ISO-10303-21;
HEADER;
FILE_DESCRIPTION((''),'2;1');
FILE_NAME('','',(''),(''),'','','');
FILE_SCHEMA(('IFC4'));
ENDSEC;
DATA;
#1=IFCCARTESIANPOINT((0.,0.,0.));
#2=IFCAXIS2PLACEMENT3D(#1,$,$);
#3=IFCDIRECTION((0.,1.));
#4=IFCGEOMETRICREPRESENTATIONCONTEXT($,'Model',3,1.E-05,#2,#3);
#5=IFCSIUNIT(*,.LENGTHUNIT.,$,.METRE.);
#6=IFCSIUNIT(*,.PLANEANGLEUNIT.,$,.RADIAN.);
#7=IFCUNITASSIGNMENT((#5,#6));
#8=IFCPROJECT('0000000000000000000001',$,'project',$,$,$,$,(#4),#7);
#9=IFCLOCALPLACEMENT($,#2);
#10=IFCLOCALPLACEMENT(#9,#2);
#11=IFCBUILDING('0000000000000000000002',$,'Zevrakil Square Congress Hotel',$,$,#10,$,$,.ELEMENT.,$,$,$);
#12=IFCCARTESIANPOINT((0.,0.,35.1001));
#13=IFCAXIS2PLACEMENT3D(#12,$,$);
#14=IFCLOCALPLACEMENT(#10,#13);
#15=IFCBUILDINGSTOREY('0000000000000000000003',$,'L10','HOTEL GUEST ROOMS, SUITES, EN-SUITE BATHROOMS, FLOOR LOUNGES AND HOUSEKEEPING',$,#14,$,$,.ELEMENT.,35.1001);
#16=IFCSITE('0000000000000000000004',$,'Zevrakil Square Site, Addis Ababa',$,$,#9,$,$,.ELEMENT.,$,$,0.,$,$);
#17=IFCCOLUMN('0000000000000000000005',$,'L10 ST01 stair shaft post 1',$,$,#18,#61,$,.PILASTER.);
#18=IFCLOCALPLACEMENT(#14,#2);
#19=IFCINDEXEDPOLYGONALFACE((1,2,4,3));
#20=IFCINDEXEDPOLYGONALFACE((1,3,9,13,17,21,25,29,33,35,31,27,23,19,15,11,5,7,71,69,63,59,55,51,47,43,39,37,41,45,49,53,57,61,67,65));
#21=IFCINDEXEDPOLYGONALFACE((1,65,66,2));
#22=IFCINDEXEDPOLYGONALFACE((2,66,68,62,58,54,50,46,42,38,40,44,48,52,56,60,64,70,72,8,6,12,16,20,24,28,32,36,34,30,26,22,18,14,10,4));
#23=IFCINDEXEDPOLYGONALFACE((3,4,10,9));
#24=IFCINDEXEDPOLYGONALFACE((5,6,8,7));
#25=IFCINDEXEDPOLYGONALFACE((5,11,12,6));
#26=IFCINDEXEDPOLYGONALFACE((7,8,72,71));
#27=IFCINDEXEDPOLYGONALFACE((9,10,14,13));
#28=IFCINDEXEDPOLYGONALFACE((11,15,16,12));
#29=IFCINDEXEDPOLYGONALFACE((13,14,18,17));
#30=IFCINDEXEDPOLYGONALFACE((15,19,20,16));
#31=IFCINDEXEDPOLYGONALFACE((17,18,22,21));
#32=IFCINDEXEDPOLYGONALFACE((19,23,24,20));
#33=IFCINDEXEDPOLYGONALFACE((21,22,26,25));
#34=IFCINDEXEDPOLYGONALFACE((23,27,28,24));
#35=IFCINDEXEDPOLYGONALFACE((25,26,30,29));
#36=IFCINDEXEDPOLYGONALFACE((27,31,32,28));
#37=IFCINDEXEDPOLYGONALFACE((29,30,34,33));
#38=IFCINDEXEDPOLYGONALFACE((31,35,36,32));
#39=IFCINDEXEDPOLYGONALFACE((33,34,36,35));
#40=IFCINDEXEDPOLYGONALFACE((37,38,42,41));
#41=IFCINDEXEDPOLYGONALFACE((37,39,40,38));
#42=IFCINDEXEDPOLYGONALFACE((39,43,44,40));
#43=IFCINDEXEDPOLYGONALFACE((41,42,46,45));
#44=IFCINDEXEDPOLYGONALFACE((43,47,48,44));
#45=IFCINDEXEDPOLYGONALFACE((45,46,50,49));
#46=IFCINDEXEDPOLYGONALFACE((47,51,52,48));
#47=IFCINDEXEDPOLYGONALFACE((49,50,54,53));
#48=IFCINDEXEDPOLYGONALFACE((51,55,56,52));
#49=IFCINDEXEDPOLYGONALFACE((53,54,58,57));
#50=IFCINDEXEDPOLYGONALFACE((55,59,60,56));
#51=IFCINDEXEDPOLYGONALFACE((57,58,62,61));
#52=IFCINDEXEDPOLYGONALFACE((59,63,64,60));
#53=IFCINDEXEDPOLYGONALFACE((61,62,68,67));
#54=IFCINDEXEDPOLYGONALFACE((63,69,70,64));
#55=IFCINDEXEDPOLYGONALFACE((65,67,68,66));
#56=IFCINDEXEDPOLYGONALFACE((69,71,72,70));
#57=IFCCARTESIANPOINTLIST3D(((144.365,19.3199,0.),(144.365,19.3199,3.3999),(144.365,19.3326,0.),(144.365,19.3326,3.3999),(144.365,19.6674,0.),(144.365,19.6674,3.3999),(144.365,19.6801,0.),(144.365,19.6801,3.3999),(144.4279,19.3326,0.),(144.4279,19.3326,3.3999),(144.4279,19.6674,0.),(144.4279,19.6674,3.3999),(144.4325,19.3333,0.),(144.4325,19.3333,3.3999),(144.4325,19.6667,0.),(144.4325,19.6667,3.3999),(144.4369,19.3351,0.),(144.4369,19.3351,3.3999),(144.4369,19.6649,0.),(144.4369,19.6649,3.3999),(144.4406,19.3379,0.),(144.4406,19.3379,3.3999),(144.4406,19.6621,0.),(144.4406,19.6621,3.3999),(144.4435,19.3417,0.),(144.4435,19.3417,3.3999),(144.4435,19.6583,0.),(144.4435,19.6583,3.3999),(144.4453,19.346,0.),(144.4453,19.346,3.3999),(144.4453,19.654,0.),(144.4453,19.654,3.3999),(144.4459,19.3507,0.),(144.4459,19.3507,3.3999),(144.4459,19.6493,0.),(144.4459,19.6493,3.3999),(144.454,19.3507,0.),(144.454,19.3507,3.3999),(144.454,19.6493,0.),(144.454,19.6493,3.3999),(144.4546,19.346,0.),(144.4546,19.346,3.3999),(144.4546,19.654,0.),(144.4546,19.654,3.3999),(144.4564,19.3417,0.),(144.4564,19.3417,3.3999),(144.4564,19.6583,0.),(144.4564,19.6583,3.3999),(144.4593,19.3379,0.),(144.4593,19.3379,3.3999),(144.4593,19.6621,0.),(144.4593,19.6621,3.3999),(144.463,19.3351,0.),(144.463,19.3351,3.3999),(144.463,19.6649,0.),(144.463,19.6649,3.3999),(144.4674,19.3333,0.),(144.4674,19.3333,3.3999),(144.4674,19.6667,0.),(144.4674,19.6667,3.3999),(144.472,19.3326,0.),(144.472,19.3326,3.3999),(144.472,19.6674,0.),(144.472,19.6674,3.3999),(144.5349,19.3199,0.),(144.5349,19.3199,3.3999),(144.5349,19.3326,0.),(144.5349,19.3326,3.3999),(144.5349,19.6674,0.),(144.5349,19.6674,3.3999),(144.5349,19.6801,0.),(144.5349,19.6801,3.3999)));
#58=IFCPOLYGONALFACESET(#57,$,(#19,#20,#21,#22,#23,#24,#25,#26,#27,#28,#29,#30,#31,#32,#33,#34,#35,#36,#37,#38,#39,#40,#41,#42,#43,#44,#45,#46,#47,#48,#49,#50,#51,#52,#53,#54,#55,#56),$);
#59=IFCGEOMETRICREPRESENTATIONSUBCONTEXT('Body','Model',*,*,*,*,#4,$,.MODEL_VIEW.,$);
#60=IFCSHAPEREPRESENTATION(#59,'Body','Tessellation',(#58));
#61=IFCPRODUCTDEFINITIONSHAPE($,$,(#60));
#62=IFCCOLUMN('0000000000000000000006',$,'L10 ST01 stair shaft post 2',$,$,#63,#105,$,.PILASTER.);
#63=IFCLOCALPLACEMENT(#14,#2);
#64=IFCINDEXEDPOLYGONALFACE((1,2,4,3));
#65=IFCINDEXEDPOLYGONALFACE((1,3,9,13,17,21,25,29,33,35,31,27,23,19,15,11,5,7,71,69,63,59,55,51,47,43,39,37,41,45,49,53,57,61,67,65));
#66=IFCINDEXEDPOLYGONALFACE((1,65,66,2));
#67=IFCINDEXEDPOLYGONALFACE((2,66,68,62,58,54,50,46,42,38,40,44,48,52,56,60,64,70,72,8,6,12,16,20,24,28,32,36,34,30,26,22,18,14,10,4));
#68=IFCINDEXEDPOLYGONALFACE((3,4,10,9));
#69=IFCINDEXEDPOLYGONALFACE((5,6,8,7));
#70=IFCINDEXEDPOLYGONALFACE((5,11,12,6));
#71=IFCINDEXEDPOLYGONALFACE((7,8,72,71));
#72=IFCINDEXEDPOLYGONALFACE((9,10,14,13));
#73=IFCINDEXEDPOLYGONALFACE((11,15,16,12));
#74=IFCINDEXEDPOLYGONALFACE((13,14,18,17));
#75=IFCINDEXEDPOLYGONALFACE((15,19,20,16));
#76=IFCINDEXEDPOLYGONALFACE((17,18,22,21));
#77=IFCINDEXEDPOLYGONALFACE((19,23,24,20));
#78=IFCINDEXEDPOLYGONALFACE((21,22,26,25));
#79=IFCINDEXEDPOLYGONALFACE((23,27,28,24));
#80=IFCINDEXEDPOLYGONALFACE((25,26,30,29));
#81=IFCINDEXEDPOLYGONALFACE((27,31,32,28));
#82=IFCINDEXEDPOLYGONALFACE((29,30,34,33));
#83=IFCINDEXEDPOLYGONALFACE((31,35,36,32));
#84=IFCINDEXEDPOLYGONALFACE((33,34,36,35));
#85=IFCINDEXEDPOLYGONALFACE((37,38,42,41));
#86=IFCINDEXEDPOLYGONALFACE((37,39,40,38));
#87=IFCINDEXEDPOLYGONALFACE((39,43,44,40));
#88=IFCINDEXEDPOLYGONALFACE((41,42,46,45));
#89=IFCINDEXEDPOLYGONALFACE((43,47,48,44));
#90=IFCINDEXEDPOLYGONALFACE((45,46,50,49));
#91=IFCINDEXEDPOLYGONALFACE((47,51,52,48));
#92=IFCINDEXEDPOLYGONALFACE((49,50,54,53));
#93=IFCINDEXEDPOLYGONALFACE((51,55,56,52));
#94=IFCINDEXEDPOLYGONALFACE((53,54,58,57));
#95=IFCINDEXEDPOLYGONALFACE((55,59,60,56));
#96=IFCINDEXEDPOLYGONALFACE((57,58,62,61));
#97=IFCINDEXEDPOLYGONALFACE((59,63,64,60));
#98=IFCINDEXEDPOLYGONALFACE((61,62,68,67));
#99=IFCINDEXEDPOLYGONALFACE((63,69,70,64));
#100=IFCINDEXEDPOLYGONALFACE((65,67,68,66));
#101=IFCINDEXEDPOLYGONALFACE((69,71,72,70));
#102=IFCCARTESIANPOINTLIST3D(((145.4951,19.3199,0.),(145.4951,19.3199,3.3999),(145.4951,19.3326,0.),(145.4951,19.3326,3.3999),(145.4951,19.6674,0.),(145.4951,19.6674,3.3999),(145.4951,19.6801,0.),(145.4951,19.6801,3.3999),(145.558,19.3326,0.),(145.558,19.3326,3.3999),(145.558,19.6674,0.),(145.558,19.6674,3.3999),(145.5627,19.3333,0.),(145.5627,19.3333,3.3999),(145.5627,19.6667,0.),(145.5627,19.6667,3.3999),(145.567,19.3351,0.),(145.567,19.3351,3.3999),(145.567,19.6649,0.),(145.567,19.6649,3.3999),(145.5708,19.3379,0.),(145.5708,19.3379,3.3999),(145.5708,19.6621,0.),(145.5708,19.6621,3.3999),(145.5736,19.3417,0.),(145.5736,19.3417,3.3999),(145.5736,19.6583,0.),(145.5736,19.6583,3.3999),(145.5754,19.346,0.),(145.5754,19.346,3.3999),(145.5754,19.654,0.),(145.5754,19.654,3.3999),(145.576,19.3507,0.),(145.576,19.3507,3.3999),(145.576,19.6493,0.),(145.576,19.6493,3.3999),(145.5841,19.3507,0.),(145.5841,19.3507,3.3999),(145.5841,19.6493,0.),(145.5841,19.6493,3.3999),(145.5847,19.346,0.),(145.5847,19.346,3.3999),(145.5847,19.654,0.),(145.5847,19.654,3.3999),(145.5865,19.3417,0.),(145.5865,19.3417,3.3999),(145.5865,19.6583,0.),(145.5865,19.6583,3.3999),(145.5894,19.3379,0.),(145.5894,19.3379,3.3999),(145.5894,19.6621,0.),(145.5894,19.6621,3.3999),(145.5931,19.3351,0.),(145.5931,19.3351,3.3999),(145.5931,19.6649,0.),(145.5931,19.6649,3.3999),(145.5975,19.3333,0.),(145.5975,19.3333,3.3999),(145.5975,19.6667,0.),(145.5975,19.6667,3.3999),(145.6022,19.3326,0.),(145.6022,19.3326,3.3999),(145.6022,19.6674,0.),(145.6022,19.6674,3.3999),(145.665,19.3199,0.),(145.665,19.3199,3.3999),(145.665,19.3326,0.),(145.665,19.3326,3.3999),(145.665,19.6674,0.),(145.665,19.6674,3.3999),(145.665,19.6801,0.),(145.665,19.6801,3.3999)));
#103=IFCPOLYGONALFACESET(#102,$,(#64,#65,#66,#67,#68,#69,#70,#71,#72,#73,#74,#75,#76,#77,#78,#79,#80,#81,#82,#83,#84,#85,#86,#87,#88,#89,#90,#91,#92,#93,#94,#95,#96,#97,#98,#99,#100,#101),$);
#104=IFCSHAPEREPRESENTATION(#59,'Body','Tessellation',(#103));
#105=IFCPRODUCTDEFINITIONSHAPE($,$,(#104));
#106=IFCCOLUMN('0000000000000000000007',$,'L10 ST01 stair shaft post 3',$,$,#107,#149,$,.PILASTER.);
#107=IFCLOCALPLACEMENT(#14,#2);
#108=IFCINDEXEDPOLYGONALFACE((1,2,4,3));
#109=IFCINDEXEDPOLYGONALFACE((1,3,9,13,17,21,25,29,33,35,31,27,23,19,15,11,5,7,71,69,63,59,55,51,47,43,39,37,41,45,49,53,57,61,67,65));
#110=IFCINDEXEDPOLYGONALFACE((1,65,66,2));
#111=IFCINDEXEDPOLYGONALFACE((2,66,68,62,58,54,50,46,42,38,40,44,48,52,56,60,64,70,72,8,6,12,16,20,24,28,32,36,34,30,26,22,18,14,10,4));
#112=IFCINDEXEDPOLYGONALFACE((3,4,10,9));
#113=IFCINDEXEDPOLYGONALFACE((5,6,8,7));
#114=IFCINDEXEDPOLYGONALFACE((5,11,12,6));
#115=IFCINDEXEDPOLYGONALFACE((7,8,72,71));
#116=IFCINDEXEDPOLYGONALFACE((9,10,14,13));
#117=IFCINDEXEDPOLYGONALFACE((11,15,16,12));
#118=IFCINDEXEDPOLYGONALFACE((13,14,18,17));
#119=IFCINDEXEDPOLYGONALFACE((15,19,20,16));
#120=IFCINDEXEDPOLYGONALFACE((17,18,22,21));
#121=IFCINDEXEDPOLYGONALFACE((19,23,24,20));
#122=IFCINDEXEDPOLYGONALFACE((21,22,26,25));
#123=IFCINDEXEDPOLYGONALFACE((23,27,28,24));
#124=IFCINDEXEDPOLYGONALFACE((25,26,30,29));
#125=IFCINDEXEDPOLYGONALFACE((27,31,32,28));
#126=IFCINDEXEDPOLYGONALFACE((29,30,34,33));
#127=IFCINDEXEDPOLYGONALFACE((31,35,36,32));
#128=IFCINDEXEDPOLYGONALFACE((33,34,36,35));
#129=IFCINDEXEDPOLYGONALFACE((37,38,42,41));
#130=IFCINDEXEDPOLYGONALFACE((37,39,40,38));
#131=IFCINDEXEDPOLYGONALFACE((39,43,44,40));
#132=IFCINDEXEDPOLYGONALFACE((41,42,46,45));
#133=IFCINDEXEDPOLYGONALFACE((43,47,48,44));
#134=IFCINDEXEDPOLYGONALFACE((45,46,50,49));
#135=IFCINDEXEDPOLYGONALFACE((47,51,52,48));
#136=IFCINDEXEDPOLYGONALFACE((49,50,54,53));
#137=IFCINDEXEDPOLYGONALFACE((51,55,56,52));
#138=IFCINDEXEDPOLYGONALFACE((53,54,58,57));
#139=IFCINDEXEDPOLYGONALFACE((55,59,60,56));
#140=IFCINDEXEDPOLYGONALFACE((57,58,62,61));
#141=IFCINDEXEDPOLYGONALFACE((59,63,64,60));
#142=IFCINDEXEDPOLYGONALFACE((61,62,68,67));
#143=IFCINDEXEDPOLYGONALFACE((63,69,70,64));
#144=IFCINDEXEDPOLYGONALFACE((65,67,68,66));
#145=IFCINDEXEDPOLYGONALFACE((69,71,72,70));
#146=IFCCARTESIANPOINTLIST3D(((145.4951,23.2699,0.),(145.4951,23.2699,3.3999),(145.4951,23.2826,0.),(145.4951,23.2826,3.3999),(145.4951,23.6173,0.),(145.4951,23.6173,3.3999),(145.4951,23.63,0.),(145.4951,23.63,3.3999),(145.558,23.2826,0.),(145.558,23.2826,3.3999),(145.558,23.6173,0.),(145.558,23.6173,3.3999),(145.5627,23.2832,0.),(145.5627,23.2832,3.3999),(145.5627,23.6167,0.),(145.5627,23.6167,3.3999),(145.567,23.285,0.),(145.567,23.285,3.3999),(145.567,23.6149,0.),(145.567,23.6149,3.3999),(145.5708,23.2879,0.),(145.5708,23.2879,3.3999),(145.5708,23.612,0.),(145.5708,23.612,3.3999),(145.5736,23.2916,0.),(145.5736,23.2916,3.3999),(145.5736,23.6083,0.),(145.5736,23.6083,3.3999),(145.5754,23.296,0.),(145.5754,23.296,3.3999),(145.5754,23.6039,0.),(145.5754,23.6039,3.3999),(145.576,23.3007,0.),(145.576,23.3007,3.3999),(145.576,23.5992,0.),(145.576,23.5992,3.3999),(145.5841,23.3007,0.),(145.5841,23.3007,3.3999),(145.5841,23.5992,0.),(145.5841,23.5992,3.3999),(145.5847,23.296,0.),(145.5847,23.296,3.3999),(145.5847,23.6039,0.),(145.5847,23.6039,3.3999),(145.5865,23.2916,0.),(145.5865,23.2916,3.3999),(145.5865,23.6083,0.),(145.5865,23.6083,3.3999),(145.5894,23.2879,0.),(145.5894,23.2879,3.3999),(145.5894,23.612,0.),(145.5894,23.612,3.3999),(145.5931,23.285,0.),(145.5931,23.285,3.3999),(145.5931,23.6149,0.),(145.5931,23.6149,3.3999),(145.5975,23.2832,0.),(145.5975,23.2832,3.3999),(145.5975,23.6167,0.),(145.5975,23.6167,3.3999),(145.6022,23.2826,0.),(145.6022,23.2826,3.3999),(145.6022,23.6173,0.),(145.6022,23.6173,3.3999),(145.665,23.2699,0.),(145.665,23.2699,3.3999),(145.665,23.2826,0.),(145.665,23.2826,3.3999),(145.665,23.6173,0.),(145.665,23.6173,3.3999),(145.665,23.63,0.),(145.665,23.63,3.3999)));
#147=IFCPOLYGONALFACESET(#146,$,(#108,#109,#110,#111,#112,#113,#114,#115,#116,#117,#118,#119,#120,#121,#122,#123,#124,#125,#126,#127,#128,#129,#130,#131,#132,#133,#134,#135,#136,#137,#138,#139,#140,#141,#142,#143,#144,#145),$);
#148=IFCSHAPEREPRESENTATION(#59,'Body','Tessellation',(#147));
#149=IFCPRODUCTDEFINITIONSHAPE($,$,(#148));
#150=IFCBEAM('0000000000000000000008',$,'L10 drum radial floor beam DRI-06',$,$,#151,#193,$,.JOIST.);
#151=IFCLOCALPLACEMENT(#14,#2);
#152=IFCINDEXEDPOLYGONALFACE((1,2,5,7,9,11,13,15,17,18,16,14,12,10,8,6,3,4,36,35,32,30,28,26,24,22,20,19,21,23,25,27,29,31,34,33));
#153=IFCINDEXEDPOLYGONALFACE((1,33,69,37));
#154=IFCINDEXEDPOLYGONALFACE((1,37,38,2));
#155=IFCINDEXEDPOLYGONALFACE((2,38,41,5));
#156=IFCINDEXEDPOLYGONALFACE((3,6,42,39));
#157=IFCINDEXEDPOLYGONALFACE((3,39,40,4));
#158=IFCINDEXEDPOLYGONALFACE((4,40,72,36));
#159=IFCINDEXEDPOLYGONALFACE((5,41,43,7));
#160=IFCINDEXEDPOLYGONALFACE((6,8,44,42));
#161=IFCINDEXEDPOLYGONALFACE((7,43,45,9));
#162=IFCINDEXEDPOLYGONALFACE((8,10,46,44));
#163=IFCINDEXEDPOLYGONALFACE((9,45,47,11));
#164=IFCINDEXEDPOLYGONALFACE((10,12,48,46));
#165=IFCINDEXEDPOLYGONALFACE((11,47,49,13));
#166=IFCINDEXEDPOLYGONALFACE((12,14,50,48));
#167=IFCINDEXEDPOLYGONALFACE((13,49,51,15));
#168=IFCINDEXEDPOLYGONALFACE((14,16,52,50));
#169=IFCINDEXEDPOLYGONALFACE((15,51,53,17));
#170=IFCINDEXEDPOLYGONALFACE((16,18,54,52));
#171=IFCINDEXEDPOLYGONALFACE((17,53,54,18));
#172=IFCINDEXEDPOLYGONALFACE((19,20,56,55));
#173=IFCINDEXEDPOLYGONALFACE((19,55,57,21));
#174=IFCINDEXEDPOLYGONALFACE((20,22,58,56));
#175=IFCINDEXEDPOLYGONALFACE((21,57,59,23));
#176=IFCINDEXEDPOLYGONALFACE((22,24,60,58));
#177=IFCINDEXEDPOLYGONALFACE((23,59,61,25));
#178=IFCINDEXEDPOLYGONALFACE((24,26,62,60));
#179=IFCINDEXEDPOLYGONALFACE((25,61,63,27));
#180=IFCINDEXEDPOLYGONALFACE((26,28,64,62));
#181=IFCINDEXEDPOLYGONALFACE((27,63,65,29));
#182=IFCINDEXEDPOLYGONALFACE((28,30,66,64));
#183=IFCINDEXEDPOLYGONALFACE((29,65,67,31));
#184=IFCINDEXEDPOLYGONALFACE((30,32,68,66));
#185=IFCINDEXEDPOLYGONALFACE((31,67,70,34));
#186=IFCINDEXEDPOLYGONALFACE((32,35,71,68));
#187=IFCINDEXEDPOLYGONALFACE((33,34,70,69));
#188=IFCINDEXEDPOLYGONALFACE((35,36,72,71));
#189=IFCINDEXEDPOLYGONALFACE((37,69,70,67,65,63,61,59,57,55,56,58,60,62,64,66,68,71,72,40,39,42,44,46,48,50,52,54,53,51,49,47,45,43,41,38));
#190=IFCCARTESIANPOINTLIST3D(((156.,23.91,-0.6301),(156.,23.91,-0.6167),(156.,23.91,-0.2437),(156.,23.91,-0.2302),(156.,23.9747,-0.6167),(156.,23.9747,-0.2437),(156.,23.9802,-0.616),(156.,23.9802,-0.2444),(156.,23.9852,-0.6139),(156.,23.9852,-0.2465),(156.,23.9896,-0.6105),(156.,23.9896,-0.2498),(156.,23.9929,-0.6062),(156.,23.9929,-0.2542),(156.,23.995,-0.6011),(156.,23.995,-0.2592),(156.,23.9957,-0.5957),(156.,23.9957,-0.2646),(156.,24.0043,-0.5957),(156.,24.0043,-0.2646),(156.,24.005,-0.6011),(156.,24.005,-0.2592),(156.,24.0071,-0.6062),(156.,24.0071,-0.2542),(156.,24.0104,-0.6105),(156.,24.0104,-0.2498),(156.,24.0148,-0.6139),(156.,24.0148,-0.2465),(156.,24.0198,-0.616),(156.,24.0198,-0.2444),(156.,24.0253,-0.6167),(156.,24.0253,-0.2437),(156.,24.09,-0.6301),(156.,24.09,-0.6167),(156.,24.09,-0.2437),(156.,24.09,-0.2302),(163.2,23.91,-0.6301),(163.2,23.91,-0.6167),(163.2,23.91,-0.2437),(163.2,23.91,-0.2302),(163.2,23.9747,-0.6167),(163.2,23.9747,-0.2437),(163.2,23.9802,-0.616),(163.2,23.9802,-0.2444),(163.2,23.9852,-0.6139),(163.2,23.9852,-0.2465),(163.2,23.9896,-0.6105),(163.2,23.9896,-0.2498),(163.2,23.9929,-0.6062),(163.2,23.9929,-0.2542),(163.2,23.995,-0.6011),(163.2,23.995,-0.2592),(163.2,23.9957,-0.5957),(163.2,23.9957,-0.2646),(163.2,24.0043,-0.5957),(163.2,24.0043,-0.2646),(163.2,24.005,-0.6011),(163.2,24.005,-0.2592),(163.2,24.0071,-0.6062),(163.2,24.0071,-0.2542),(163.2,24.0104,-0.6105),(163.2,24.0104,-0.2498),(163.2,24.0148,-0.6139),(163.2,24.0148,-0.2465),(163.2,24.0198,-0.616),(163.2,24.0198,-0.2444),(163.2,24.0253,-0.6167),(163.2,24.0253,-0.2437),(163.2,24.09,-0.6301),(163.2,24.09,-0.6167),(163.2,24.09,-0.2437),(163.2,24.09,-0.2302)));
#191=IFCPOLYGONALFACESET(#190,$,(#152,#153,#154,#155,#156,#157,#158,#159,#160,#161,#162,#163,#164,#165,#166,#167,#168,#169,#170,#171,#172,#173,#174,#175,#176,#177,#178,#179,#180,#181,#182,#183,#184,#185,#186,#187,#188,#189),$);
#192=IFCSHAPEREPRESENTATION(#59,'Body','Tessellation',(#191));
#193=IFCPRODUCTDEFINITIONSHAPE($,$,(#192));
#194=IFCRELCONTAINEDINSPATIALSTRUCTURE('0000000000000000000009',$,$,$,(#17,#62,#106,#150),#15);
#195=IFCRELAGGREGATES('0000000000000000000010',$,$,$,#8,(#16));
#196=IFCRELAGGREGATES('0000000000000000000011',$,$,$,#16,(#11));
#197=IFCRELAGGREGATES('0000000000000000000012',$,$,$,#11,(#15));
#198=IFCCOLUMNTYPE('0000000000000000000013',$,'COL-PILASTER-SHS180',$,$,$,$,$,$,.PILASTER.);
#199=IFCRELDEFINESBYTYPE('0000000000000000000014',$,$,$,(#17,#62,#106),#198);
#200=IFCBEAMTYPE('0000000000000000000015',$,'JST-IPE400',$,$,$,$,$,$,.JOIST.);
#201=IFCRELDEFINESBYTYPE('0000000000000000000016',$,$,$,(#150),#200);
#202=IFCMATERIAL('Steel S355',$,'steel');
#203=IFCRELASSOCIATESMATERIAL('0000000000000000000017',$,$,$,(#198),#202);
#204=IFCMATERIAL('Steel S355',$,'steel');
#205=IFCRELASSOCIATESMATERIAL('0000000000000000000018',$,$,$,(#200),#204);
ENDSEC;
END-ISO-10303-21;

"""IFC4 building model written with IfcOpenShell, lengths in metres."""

from ifc_helpers import new_model, si_unit, direction, frame, origin, origin_2d, place, context, subcontext, project, spatial, i_section, extrude, material, material_profile, profile_set, type_object, element, save


model = new_model("IFC4")

# Units and contexts
model_context = context("Model", 3, precision=1e-05, world=origin(), true_north=direction((0.0, 1.0)))
body_context = subcontext(model_context, "Body", "Model", "MODEL_VIEW")
ifc_project = project(units=[si_unit("LENGTHUNIT", "METRE"), si_unit("PLANEANGLEUNIT", "RADIAN")], contexts=[model_context])

# Site, building, storey
site_placement = place(None, origin())
site = spatial("IfcSite", under=ifc_project, at=site_placement, Name="Zevrakil Square Site, Addis Ababa", CompositionType="ELEMENT", RefElevation=0.0)
building_placement = place(site_placement, origin())
building = spatial("IfcBuilding", under=site, at=building_placement, Name="Zevrakil Square Congress Hotel", CompositionType="ELEMENT")
storey_placement = place(building_placement, frame((0.0, 0.0, 35.1001)))
storey = spatial("IfcBuildingStorey", under=building, at=storey_placement, Name="L10", Description="HOTEL GUEST ROOMS, SUITES, EN-SUITE BATHROOMS, FLOOR LOUNGES AND HOUSEKEEPING", CompositionType="ELEMENT", Elevation=35.1001)

# Columns
ifc_material_1 = material(Name="Steel S355", Category="steel")
ifc_material_profile_1 = material_profile(ifc_material_1, i_section(OverallWidth=0.1699, OverallDepth=0.3601, WebThickness=0.0081, FlangeThickness=0.0127, FilletRadius=0.0181, at=origin_2d()), Name="IPE 360")
ifc_profile_set_1 = profile_set([ifc_material_profile_1], Name="Steel S355")
column_type = type_object("IfcColumnType", Name="COL-PILASTER-SHS180", PredefinedType="PILASTER", material=ifc_profile_set_1)
for number, where, z_axis, x_axis, name in (
    (1, (144.45, 19.5, 0.0), (0.0, 0.0, 1.0), (1.0, 0.0, 0.0), "L10 ST01 stair shaft post 1"),
    (2, (145.5801, 19.5, 0.0), (0.0, 0.0, 1.0), (1.0, 0.0, 0.0), "L10 ST01 stair shaft post 2"),
    (3, (145.5801, 23.45, 0.0), (0.0, 0.0, 1.0), (1.0, 0.0, 0.0), "L10 ST01 stair shaft post 3"),
):
    element("IfcColumn", number, at=place(storey_placement, frame(where, z_axis=z_axis, x_axis=x_axis)), inside=storey, type_object=column_type, Name=name, PredefinedType="PILASTER", context=body_context, shape_type="SweptSolid", body=[
        extrude(i_section(OverallWidth=0.1699, OverallDepth=0.3601, WebThickness=0.0081, FlangeThickness=0.0127, FilletRadius=0.0181, at=origin_2d()), origin(), (0.0, 0.0, 1.0), 3.3999),
    ])

# Beam
ifc_material_2 = material(Name="Steel S355", Category="steel")
ifc_material_profile_2 = material_profile(ifc_material_2, i_section(OverallWidth=0.1799, OverallDepth=0.3999, WebThickness=0.0085, FlangeThickness=0.0134, FilletRadius=0.021, at=origin_2d()), Name="IPE 400")
ifc_profile_set_2 = profile_set([ifc_material_profile_2], Name="Steel S355")
beam_type = type_object("IfcBeamType", Name="JST-IPE400", PredefinedType="JOIST", material=ifc_profile_set_2)
beam_placement = place(storey_placement, frame((156.0, 24.0, -0.4302), z_axis=(1.0, 0.0, 0.0), x_axis=(0.0, 1.0, 0.0)))
element("IfcBeam", 4, at=beam_placement, inside=storey, type_object=beam_type, Name="L10 drum radial floor beam DRI-06", PredefinedType="JOIST", context=body_context, shape_type="SweptSolid", body=[
    extrude(i_section(OverallWidth=0.1799, OverallDepth=0.3999, WebThickness=0.0085, FlangeThickness=0.0134, FilletRadius=0.021, at=origin_2d()), origin(), (0.0, 0.0, 1.0), 7.2),
])

save(model, "model.ifc")
